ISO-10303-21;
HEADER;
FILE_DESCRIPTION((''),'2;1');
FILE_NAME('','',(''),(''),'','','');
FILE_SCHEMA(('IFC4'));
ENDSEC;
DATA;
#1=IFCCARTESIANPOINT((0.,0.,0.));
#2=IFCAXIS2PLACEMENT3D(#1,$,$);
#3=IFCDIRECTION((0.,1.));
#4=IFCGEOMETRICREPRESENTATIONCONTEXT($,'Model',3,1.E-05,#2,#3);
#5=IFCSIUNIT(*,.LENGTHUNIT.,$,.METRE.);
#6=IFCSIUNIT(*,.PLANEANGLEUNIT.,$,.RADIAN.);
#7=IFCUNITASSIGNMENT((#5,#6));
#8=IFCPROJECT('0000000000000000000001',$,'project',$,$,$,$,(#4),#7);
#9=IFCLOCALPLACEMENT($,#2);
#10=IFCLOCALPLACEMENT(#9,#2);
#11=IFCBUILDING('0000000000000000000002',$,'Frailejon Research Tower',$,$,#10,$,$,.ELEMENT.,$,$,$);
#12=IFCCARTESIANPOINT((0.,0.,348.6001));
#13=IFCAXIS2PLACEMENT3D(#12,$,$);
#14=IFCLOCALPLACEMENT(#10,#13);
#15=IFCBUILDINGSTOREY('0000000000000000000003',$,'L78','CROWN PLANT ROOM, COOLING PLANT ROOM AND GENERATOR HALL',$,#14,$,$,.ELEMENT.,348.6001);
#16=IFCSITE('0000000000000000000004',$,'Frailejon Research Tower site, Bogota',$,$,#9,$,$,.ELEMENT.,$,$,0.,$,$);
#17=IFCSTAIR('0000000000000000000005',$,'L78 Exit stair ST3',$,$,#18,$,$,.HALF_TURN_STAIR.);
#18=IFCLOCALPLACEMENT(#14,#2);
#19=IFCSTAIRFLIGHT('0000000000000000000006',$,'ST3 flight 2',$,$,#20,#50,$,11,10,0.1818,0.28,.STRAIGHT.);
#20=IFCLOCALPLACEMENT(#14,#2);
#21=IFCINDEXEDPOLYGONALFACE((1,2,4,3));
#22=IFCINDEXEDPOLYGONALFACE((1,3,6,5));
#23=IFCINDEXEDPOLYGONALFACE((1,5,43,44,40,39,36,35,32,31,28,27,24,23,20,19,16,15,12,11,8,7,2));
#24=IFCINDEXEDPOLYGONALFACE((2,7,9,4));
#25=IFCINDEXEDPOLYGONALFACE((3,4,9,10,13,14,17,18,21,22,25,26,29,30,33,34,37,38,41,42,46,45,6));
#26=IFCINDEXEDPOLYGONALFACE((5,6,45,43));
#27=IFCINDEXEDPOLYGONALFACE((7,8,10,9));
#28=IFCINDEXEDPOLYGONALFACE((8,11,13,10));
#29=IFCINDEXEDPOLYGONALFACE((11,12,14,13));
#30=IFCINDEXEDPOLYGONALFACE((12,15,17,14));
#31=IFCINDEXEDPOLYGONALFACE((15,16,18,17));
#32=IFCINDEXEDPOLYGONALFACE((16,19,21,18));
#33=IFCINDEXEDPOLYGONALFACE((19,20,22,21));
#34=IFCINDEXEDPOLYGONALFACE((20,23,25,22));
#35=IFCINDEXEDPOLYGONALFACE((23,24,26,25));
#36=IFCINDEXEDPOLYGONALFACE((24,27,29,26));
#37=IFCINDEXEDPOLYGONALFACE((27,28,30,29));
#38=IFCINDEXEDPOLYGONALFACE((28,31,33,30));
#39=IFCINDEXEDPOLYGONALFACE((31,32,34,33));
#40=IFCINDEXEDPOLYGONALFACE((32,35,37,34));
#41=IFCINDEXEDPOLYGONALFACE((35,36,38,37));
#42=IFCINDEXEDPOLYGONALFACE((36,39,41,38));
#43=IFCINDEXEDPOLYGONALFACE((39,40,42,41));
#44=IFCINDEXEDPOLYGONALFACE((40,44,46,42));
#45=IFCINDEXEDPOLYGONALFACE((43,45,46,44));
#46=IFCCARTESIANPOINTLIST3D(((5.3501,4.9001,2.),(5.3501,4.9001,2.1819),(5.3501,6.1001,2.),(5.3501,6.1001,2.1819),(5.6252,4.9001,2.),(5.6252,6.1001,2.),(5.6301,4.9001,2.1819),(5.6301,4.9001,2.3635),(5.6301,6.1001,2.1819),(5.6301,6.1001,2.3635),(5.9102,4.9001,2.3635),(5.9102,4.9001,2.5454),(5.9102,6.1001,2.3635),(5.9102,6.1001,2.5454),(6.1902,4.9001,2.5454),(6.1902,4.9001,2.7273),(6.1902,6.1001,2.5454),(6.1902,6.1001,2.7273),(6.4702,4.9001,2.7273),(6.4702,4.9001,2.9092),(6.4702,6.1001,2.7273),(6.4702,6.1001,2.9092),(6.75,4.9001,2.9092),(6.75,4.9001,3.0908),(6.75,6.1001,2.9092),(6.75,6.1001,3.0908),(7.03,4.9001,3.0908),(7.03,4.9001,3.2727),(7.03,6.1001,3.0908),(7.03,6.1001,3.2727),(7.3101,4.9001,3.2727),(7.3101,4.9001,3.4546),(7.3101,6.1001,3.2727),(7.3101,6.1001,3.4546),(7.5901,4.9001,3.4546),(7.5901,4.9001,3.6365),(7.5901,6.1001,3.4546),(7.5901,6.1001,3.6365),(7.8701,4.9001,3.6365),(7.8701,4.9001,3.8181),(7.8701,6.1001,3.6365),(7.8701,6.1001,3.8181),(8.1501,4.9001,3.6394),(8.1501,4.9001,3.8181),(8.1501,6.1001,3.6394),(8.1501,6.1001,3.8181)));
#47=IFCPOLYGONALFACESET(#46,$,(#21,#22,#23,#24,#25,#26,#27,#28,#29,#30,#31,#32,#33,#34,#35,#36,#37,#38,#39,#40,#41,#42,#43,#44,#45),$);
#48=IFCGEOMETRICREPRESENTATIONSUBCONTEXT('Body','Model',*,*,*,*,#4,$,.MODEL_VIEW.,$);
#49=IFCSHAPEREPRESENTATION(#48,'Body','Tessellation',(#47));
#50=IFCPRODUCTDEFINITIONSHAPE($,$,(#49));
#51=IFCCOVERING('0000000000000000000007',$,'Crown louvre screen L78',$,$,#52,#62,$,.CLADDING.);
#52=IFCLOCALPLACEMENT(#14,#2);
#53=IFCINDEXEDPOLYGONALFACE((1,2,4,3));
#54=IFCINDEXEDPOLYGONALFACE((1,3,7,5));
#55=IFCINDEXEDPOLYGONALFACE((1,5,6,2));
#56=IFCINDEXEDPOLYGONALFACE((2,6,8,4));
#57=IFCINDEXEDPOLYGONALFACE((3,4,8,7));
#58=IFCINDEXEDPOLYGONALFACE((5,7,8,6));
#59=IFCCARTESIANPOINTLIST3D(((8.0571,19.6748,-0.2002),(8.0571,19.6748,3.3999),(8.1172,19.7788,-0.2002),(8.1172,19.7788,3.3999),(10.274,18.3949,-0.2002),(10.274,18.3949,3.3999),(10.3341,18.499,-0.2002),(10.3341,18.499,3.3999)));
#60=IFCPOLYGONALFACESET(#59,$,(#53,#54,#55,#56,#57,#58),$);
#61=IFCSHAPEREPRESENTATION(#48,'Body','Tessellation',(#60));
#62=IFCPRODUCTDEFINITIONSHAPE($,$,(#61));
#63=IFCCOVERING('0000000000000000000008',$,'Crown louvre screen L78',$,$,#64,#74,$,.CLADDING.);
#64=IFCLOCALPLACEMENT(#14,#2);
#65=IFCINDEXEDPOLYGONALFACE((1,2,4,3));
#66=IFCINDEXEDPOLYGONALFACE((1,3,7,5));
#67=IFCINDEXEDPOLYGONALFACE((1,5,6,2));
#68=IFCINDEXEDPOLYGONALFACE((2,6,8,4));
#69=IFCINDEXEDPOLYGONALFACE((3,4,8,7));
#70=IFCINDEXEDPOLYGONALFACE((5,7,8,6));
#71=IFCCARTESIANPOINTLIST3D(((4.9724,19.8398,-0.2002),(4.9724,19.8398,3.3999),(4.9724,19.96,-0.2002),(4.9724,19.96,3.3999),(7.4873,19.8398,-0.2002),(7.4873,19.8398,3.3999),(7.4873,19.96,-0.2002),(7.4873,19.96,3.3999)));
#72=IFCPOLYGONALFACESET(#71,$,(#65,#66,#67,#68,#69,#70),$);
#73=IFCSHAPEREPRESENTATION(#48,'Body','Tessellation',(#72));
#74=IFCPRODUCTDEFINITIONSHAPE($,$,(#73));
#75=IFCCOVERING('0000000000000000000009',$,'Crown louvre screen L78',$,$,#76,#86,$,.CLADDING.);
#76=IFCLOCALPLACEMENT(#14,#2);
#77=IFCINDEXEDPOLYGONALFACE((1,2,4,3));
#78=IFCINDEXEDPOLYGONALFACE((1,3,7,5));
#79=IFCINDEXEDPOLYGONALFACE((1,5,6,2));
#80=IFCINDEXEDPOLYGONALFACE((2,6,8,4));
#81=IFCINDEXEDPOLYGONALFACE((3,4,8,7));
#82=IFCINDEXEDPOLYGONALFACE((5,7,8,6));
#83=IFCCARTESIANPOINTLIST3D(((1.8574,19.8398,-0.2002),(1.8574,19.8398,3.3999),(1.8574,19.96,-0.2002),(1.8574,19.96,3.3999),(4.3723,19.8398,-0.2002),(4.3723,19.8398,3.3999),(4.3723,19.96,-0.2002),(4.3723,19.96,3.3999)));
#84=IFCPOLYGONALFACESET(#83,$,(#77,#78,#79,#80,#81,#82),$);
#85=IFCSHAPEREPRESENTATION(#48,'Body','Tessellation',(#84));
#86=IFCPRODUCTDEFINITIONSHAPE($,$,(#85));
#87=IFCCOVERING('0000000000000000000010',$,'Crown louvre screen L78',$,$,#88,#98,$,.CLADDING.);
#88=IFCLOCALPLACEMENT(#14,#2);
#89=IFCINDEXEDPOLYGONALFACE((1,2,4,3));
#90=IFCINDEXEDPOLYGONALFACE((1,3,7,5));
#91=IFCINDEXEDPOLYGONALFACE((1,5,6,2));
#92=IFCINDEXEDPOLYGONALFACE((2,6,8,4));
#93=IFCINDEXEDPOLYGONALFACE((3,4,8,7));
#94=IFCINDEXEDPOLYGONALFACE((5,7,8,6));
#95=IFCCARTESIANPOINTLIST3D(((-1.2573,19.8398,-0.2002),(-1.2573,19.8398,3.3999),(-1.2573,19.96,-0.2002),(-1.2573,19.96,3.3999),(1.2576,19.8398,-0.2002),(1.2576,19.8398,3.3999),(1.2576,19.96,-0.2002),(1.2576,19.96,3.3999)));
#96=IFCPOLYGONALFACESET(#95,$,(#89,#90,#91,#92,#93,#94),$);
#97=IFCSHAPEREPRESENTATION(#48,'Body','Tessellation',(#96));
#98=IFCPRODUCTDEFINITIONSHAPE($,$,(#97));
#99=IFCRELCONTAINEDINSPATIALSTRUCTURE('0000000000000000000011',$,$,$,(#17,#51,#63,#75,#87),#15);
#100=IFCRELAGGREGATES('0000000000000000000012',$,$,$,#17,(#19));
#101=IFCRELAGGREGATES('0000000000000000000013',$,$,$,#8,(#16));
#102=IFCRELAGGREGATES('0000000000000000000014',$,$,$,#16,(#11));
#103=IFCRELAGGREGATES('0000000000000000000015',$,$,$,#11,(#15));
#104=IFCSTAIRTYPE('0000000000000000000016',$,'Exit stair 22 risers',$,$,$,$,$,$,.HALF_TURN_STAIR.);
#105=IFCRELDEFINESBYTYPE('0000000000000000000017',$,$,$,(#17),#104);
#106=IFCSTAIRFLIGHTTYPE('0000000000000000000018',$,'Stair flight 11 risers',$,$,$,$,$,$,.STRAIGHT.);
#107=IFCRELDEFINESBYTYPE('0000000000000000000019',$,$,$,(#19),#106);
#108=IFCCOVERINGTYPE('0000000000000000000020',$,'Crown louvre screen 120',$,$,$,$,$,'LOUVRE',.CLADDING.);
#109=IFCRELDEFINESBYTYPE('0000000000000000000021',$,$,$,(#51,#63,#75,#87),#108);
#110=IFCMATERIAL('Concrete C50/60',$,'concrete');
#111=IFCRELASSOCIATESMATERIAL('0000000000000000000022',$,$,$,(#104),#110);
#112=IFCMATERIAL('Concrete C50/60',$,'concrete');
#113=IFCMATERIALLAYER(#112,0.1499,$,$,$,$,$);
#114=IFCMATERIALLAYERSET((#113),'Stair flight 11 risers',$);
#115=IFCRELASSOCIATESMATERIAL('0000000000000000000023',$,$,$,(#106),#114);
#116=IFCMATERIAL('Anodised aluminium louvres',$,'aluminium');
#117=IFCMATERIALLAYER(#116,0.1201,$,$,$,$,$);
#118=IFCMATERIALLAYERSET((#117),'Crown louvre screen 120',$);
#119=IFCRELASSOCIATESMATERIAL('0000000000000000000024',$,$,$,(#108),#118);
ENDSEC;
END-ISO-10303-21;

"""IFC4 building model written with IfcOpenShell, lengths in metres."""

from ifc_helpers import new_model, si_unit, direction, frame, origin, place, context, subcontext, project, spatial, polyline, outline, extrude, material, layer, layer_set, type_object, element, aggregate, save


model = new_model("IFC4")

# Units and contexts
model_context = context("Model", 3, precision=1e-05, world=origin(), true_north=direction((0.0, 1.0)))
body_context = subcontext(model_context, "Body", "Model", "MODEL_VIEW")
ifc_project = project(units=[si_unit("LENGTHUNIT", "METRE"), si_unit("PLANEANGLEUNIT", "RADIAN")], contexts=[model_context])

# Site, building, storey
site_placement = place(None, origin())
site = spatial("IfcSite", under=ifc_project, at=site_placement, Name="Frailejon Research Tower site, Bogota", CompositionType="ELEMENT", RefElevation=0.0)
building_placement = place(site_placement, origin())
building = spatial("IfcBuilding", under=site, at=building_placement, Name="Frailejon Research Tower", CompositionType="ELEMENT")
storey_placement = place(building_placement, frame((0.0, 0.0, 348.6001)))
storey = spatial("IfcBuildingStorey", under=building, at=storey_placement, Name="L78", Description="CROWN PLANT ROOM, COOLING PLANT ROOM AND GENERATOR HALL", CompositionType="ELEMENT", Elevation=348.6001)

# Stair, stair flight
ifc_material_1 = material(Name="Concrete C50/60", Category="concrete")
stair_type = type_object("IfcStairType", Name="Exit stair 22 risers", PredefinedType="HALF_TURN_STAIR", material=ifc_material_1)
stair_placement = place(storey_placement, origin())
stair = element("IfcStair", 1, at=stair_placement, inside=storey, type_object=stair_type, Name="L78 Exit stair ST3", PredefinedType="HALF_TURN_STAIR")
ifc_material_2 = material(Name="Concrete C50/60", Category="concrete")
ifc_layer_1 = layer(ifc_material_2, 0.1499)
ifc_layer_set_1 = layer_set([ifc_layer_1], Name="Stair flight 11 risers")
stair_flight_type = type_object("IfcStairFlightType", Name="Stair flight 11 risers", PredefinedType="STRAIGHT", material=ifc_layer_set_1)
stair_flight_1_placement = place(storey_placement, frame((5.3501, 5.5, 2.0), z_axis=(0.0, 0.0, 1.0), x_axis=(1.0, 0.0, 0.0)))
stair_flight_1 = element("IfcStairFlight", 2, at=stair_flight_1_placement, type_object=stair_flight_type, Name="ST3 flight 2", NumberOfRisers=11, NumberOfTreads=10, PredefinedType="STRAIGHT", RiserHeight=0.1818, TreadLength=0.28, context=body_context, shape_type="SweptSolid", body=[
    extrude(outline(polyline([(0.0, 0.0), (0.0, 0.1819), (0.28, 0.1819), (0.28, 0.3635), (0.5601, 0.3635), (0.5601, 0.5454), (0.8401, 0.5454), (0.8401, 0.7273), (1.1201, 0.7273), (1.1201, 0.9092), (1.3999, 0.9092), (1.3999, 1.0908), (1.6799, 1.0908), (1.6799, 1.2727), (1.96, 1.2727), (1.96, 1.4546), (2.24, 1.4546), (2.24, 1.6365), (2.52, 1.6365), (2.52, 1.8181), (2.8, 1.8181), (2.8, 2.0), (2.8, 1.6394), (0.2751, 0.0), (0.0, 0.0)])), frame((0.0, 0.6001, 0.0), z_axis=(0.0, -1.0, 0.0), x_axis=(1.0, 0.0, 0.0)), (0.0, 0.0, 1.0), 1.2),
])
aggregate(stair, [stair_flight_1])

# Coverings
ifc_material_3 = material(Name="Anodised aluminium louvres", Category="aluminium")
ifc_layer_2 = layer(ifc_material_3, 0.1201)
ifc_layer_set_2 = layer_set([ifc_layer_2], Name="Crown louvre screen 120")
covering_type = type_object("IfcCoveringType", Name="Crown louvre screen 120", ElementType="LOUVRE", PredefinedType="CLADDING", material=ifc_layer_set_2)
covering_placement = place(storey_placement, frame((8.0872, 19.7268, -0.2002), z_axis=(0.866037, -0.499979, 0.0), x_axis=(0.499979, 0.866037, 0.0)))
element("IfcCovering", 3, at=covering_placement, inside=storey, type_object=covering_type, Name="Crown louvre screen L78", PredefinedType="CLADDING", context=body_context, shape_type="SweptSolid", body=[
    extrude(outline(polyline([(-0.0601, 0.0), (0.0601, 0.0), (0.0601, 3.6001), (-0.0601, 3.6001), (-0.0601, 0.0)])), origin(), (0.0, 0.0, 1.0), 2.5598),
])
for number, where, z_axis, x_axis, name in (
    (4, (4.9724, 19.8999, -0.2002), (1.0, 0.0, 0.0), (0.0, 1.0, 0.0), "Crown louvre screen L78"),
    (5, (1.8574, 19.8999, -0.2002), (1.0, 0.0, 0.0), (0.0, 1.0, 0.0), "Crown louvre screen L78"),
    (6, (-1.2573, 19.8999, -0.2002), (1.0, 0.0, 0.0), (0.0, 1.0, 0.0), "Crown louvre screen L78"),
):
    element("IfcCovering", number, at=place(storey_placement, frame(where, z_axis=z_axis, x_axis=x_axis)), inside=storey, type_object=covering_type, Name=name, PredefinedType="CLADDING", context=body_context, shape_type="SweptSolid", body=[
        extrude(outline(polyline([(-0.0601, 0.0), (0.0601, 0.0), (0.0601, 3.6001), (-0.0601, 3.6001), (-0.0601, 0.0)])), origin(), (0.0, 0.0, 1.0), 2.5149),
    ])

save(model, "model.ifc")
